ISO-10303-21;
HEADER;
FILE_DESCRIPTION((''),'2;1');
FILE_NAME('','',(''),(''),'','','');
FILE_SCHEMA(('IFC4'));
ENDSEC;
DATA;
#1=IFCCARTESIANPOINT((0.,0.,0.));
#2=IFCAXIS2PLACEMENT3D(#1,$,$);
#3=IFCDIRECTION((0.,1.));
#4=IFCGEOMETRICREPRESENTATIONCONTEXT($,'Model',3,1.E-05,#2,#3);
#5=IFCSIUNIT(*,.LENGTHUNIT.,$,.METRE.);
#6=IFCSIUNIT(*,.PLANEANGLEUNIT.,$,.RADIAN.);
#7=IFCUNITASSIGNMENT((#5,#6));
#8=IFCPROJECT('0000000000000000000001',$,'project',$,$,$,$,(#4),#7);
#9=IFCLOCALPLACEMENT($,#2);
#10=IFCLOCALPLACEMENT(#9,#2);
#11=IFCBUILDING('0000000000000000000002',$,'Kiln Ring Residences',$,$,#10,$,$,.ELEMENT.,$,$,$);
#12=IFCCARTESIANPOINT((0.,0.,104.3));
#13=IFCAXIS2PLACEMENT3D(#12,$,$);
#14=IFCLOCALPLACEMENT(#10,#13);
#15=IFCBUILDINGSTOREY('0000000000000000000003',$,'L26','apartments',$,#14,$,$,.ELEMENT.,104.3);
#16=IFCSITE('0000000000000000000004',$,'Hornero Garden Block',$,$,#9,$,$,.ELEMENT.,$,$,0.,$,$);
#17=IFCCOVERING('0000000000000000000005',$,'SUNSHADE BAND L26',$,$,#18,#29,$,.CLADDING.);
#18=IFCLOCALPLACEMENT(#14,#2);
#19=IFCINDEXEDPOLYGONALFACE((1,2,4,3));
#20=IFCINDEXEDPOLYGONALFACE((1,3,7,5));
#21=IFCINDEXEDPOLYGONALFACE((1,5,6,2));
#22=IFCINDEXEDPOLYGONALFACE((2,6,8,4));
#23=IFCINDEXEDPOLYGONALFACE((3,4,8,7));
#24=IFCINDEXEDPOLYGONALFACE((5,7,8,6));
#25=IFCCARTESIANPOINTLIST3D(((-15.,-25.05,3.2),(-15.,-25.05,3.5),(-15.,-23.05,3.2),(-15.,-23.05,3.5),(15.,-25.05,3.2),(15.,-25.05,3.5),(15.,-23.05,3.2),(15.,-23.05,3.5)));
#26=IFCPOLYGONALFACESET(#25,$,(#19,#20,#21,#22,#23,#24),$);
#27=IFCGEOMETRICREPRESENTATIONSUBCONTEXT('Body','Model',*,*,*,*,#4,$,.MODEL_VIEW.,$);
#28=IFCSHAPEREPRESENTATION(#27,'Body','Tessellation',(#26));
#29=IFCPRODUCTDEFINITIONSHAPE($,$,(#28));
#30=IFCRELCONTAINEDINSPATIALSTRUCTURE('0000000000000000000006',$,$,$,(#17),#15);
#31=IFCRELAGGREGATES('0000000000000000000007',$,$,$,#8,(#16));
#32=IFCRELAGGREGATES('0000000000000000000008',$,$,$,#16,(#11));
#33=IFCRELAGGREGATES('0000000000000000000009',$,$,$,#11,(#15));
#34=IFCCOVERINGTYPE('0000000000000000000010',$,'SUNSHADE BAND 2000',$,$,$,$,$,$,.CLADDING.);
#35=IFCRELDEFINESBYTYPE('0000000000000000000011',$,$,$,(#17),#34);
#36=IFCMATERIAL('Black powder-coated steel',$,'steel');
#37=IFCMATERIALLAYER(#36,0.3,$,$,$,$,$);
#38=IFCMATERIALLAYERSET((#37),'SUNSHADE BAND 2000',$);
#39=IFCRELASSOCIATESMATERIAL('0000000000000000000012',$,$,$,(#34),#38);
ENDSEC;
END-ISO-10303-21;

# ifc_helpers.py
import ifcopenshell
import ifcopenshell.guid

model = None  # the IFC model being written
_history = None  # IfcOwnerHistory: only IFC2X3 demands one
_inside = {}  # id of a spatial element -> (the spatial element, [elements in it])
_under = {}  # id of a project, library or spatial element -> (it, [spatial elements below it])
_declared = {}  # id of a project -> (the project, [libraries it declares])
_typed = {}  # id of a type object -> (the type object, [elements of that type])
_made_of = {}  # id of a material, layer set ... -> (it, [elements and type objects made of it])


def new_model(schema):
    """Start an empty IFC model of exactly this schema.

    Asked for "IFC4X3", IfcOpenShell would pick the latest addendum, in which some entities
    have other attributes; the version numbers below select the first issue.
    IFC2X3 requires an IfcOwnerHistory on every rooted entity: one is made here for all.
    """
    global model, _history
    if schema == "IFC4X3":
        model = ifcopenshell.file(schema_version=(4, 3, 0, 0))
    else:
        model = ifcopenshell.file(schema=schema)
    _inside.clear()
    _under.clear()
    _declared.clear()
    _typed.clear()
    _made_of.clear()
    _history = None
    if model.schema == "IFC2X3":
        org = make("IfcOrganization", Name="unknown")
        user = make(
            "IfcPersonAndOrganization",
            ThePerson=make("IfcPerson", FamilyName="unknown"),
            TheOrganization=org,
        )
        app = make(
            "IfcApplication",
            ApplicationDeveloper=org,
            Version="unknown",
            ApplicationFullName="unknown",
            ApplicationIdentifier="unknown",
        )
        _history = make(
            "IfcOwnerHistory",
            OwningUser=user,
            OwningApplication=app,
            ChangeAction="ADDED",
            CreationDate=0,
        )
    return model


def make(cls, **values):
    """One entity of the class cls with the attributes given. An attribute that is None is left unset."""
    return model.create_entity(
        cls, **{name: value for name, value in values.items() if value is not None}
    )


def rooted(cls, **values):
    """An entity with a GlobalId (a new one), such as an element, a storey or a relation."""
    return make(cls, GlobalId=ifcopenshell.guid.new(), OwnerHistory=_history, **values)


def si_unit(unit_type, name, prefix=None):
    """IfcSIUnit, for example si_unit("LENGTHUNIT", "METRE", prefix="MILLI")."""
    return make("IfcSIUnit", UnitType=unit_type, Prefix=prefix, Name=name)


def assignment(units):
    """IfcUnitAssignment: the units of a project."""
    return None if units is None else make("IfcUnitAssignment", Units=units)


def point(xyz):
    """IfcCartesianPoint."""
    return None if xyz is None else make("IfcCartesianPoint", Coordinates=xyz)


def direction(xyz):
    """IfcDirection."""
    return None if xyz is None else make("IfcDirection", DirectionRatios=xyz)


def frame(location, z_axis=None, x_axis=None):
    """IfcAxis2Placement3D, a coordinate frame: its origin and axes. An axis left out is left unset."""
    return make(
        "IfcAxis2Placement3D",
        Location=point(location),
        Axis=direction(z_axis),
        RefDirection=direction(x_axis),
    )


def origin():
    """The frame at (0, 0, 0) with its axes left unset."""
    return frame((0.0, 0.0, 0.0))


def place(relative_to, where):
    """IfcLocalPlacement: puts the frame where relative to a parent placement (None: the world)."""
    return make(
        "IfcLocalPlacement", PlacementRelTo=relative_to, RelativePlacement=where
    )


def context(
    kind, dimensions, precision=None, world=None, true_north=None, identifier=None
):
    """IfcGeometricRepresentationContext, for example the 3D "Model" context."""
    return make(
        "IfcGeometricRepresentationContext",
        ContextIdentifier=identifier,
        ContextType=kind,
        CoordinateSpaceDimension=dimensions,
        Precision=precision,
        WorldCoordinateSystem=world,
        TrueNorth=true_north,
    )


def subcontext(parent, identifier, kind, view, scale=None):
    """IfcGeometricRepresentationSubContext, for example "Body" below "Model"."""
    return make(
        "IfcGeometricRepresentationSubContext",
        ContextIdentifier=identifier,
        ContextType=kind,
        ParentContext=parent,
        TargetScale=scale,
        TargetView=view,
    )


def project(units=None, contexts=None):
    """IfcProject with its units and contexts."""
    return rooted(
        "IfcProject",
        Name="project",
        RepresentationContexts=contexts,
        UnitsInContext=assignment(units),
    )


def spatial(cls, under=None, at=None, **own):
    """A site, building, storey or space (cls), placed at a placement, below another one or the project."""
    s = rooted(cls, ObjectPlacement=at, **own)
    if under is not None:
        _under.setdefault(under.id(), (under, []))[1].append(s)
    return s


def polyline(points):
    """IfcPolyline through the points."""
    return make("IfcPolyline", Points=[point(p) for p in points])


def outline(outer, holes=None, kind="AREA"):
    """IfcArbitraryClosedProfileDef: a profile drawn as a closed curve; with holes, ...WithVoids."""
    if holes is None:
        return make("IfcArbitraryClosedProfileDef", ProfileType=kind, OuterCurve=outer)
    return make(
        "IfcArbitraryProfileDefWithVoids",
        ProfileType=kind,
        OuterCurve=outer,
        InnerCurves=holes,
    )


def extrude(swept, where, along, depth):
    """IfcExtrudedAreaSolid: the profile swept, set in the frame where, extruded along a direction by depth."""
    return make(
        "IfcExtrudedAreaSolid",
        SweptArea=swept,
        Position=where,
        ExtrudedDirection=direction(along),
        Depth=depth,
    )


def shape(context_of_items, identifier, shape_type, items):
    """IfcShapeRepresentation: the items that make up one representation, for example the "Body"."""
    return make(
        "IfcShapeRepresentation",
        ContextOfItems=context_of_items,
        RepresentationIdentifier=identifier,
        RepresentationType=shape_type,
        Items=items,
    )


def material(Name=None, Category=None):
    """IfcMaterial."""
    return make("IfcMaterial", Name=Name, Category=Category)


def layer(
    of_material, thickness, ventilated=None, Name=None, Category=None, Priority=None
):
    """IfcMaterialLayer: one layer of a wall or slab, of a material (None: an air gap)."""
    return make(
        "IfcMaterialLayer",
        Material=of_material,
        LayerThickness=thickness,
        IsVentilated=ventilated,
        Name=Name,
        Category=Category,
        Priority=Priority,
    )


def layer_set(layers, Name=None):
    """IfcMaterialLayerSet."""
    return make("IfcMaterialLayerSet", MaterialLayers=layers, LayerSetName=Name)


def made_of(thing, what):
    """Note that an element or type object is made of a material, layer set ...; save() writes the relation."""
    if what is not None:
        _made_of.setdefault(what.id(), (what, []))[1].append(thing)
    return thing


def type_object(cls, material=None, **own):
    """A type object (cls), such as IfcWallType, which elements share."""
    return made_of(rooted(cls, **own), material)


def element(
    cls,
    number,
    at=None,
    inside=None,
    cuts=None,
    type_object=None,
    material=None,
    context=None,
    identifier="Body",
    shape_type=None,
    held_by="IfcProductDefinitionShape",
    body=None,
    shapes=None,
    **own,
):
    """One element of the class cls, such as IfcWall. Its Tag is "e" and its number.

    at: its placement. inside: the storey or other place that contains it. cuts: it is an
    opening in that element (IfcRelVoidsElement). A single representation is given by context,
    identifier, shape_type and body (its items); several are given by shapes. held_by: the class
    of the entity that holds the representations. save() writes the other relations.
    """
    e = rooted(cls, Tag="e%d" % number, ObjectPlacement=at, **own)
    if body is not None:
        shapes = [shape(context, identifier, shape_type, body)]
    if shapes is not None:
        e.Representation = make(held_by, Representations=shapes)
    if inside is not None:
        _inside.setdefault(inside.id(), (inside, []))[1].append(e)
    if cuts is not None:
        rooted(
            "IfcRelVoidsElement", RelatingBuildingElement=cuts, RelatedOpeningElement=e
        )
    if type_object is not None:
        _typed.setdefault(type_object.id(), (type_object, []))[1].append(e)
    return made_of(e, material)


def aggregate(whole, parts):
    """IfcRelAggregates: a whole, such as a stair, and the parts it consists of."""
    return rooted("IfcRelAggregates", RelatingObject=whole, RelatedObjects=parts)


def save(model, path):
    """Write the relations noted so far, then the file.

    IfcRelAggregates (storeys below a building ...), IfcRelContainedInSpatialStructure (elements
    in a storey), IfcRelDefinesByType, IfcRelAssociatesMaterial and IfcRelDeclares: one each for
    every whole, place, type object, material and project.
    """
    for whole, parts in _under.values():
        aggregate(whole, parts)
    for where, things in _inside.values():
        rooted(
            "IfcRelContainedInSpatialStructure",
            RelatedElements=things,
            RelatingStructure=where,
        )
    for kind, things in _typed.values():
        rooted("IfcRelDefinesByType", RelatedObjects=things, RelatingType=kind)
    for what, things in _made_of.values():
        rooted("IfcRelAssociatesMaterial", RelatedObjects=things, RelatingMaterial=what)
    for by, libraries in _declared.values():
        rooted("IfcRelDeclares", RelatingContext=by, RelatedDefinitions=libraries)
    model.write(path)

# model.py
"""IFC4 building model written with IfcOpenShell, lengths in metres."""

from ifc_helpers import new_model, si_unit, direction, frame, origin, place, context, subcontext, project, spatial, polyline, outline, extrude, material, layer, layer_set, type_object, element, save


model = new_model("IFC4")

# Units and contexts
model_context = context("Model", 3, precision=1e-05, world=origin(), true_north=direction((0.0, 1.0)))
body_context = subcontext(model_context, "Body", "Model", "MODEL_VIEW")
ifc_project = project(units=[si_unit("LENGTHUNIT", "METRE"), si_unit("PLANEANGLEUNIT", "RADIAN")], contexts=[model_context])

# Site, building, storey
site_placement = place(None, origin())
site = spatial("IfcSite", under=ifc_project, at=site_placement, Name="Hornero Garden Block", CompositionType="ELEMENT", RefElevation=0.0)
building_placement = place(site_placement, origin())
building = spatial("IfcBuilding", under=site, at=building_placement, Name="Kiln Ring Residences", CompositionType="ELEMENT")
storey_placement = place(building_placement, frame((0.0, 0.0, 104.3)))
storey = spatial("IfcBuildingStorey", under=building, at=storey_placement, Name="L26", Description="apartments", CompositionType="ELEMENT", Elevation=104.3)

# Covering
ifc_material_1 = material(Name="Black powder-coated steel", Category="steel")
ifc_layer_1 = layer(ifc_material_1, 0.3)
ifc_layer_set_1 = layer_set([ifc_layer_1], Name="SUNSHADE BAND 2000")
covering_type_1 = type_object("IfcCoveringType", Name="SUNSHADE BAND 2000", PredefinedType="CLADDING", material=ifc_layer_set_1)
covering_1_placement = place(storey_placement, frame((0.0, 0.0, 3.2)))
element("IfcCovering", 1, at=covering_1_placement, inside=storey, type_object=covering_type_1, Name="SUNSHADE BAND L26", PredefinedType="CLADDING", context=body_context, shape_type="SweptSolid", body=[
    extrude(outline(polyline([(-15.0, -25.05), (15.0, -25.05), (15.0, -23.05), (-15.0, -23.05), (-15.0, -25.05)])), origin(), (0.0, 0.0, 1.0), 0.3),
])

save(model, "model.ifc")
